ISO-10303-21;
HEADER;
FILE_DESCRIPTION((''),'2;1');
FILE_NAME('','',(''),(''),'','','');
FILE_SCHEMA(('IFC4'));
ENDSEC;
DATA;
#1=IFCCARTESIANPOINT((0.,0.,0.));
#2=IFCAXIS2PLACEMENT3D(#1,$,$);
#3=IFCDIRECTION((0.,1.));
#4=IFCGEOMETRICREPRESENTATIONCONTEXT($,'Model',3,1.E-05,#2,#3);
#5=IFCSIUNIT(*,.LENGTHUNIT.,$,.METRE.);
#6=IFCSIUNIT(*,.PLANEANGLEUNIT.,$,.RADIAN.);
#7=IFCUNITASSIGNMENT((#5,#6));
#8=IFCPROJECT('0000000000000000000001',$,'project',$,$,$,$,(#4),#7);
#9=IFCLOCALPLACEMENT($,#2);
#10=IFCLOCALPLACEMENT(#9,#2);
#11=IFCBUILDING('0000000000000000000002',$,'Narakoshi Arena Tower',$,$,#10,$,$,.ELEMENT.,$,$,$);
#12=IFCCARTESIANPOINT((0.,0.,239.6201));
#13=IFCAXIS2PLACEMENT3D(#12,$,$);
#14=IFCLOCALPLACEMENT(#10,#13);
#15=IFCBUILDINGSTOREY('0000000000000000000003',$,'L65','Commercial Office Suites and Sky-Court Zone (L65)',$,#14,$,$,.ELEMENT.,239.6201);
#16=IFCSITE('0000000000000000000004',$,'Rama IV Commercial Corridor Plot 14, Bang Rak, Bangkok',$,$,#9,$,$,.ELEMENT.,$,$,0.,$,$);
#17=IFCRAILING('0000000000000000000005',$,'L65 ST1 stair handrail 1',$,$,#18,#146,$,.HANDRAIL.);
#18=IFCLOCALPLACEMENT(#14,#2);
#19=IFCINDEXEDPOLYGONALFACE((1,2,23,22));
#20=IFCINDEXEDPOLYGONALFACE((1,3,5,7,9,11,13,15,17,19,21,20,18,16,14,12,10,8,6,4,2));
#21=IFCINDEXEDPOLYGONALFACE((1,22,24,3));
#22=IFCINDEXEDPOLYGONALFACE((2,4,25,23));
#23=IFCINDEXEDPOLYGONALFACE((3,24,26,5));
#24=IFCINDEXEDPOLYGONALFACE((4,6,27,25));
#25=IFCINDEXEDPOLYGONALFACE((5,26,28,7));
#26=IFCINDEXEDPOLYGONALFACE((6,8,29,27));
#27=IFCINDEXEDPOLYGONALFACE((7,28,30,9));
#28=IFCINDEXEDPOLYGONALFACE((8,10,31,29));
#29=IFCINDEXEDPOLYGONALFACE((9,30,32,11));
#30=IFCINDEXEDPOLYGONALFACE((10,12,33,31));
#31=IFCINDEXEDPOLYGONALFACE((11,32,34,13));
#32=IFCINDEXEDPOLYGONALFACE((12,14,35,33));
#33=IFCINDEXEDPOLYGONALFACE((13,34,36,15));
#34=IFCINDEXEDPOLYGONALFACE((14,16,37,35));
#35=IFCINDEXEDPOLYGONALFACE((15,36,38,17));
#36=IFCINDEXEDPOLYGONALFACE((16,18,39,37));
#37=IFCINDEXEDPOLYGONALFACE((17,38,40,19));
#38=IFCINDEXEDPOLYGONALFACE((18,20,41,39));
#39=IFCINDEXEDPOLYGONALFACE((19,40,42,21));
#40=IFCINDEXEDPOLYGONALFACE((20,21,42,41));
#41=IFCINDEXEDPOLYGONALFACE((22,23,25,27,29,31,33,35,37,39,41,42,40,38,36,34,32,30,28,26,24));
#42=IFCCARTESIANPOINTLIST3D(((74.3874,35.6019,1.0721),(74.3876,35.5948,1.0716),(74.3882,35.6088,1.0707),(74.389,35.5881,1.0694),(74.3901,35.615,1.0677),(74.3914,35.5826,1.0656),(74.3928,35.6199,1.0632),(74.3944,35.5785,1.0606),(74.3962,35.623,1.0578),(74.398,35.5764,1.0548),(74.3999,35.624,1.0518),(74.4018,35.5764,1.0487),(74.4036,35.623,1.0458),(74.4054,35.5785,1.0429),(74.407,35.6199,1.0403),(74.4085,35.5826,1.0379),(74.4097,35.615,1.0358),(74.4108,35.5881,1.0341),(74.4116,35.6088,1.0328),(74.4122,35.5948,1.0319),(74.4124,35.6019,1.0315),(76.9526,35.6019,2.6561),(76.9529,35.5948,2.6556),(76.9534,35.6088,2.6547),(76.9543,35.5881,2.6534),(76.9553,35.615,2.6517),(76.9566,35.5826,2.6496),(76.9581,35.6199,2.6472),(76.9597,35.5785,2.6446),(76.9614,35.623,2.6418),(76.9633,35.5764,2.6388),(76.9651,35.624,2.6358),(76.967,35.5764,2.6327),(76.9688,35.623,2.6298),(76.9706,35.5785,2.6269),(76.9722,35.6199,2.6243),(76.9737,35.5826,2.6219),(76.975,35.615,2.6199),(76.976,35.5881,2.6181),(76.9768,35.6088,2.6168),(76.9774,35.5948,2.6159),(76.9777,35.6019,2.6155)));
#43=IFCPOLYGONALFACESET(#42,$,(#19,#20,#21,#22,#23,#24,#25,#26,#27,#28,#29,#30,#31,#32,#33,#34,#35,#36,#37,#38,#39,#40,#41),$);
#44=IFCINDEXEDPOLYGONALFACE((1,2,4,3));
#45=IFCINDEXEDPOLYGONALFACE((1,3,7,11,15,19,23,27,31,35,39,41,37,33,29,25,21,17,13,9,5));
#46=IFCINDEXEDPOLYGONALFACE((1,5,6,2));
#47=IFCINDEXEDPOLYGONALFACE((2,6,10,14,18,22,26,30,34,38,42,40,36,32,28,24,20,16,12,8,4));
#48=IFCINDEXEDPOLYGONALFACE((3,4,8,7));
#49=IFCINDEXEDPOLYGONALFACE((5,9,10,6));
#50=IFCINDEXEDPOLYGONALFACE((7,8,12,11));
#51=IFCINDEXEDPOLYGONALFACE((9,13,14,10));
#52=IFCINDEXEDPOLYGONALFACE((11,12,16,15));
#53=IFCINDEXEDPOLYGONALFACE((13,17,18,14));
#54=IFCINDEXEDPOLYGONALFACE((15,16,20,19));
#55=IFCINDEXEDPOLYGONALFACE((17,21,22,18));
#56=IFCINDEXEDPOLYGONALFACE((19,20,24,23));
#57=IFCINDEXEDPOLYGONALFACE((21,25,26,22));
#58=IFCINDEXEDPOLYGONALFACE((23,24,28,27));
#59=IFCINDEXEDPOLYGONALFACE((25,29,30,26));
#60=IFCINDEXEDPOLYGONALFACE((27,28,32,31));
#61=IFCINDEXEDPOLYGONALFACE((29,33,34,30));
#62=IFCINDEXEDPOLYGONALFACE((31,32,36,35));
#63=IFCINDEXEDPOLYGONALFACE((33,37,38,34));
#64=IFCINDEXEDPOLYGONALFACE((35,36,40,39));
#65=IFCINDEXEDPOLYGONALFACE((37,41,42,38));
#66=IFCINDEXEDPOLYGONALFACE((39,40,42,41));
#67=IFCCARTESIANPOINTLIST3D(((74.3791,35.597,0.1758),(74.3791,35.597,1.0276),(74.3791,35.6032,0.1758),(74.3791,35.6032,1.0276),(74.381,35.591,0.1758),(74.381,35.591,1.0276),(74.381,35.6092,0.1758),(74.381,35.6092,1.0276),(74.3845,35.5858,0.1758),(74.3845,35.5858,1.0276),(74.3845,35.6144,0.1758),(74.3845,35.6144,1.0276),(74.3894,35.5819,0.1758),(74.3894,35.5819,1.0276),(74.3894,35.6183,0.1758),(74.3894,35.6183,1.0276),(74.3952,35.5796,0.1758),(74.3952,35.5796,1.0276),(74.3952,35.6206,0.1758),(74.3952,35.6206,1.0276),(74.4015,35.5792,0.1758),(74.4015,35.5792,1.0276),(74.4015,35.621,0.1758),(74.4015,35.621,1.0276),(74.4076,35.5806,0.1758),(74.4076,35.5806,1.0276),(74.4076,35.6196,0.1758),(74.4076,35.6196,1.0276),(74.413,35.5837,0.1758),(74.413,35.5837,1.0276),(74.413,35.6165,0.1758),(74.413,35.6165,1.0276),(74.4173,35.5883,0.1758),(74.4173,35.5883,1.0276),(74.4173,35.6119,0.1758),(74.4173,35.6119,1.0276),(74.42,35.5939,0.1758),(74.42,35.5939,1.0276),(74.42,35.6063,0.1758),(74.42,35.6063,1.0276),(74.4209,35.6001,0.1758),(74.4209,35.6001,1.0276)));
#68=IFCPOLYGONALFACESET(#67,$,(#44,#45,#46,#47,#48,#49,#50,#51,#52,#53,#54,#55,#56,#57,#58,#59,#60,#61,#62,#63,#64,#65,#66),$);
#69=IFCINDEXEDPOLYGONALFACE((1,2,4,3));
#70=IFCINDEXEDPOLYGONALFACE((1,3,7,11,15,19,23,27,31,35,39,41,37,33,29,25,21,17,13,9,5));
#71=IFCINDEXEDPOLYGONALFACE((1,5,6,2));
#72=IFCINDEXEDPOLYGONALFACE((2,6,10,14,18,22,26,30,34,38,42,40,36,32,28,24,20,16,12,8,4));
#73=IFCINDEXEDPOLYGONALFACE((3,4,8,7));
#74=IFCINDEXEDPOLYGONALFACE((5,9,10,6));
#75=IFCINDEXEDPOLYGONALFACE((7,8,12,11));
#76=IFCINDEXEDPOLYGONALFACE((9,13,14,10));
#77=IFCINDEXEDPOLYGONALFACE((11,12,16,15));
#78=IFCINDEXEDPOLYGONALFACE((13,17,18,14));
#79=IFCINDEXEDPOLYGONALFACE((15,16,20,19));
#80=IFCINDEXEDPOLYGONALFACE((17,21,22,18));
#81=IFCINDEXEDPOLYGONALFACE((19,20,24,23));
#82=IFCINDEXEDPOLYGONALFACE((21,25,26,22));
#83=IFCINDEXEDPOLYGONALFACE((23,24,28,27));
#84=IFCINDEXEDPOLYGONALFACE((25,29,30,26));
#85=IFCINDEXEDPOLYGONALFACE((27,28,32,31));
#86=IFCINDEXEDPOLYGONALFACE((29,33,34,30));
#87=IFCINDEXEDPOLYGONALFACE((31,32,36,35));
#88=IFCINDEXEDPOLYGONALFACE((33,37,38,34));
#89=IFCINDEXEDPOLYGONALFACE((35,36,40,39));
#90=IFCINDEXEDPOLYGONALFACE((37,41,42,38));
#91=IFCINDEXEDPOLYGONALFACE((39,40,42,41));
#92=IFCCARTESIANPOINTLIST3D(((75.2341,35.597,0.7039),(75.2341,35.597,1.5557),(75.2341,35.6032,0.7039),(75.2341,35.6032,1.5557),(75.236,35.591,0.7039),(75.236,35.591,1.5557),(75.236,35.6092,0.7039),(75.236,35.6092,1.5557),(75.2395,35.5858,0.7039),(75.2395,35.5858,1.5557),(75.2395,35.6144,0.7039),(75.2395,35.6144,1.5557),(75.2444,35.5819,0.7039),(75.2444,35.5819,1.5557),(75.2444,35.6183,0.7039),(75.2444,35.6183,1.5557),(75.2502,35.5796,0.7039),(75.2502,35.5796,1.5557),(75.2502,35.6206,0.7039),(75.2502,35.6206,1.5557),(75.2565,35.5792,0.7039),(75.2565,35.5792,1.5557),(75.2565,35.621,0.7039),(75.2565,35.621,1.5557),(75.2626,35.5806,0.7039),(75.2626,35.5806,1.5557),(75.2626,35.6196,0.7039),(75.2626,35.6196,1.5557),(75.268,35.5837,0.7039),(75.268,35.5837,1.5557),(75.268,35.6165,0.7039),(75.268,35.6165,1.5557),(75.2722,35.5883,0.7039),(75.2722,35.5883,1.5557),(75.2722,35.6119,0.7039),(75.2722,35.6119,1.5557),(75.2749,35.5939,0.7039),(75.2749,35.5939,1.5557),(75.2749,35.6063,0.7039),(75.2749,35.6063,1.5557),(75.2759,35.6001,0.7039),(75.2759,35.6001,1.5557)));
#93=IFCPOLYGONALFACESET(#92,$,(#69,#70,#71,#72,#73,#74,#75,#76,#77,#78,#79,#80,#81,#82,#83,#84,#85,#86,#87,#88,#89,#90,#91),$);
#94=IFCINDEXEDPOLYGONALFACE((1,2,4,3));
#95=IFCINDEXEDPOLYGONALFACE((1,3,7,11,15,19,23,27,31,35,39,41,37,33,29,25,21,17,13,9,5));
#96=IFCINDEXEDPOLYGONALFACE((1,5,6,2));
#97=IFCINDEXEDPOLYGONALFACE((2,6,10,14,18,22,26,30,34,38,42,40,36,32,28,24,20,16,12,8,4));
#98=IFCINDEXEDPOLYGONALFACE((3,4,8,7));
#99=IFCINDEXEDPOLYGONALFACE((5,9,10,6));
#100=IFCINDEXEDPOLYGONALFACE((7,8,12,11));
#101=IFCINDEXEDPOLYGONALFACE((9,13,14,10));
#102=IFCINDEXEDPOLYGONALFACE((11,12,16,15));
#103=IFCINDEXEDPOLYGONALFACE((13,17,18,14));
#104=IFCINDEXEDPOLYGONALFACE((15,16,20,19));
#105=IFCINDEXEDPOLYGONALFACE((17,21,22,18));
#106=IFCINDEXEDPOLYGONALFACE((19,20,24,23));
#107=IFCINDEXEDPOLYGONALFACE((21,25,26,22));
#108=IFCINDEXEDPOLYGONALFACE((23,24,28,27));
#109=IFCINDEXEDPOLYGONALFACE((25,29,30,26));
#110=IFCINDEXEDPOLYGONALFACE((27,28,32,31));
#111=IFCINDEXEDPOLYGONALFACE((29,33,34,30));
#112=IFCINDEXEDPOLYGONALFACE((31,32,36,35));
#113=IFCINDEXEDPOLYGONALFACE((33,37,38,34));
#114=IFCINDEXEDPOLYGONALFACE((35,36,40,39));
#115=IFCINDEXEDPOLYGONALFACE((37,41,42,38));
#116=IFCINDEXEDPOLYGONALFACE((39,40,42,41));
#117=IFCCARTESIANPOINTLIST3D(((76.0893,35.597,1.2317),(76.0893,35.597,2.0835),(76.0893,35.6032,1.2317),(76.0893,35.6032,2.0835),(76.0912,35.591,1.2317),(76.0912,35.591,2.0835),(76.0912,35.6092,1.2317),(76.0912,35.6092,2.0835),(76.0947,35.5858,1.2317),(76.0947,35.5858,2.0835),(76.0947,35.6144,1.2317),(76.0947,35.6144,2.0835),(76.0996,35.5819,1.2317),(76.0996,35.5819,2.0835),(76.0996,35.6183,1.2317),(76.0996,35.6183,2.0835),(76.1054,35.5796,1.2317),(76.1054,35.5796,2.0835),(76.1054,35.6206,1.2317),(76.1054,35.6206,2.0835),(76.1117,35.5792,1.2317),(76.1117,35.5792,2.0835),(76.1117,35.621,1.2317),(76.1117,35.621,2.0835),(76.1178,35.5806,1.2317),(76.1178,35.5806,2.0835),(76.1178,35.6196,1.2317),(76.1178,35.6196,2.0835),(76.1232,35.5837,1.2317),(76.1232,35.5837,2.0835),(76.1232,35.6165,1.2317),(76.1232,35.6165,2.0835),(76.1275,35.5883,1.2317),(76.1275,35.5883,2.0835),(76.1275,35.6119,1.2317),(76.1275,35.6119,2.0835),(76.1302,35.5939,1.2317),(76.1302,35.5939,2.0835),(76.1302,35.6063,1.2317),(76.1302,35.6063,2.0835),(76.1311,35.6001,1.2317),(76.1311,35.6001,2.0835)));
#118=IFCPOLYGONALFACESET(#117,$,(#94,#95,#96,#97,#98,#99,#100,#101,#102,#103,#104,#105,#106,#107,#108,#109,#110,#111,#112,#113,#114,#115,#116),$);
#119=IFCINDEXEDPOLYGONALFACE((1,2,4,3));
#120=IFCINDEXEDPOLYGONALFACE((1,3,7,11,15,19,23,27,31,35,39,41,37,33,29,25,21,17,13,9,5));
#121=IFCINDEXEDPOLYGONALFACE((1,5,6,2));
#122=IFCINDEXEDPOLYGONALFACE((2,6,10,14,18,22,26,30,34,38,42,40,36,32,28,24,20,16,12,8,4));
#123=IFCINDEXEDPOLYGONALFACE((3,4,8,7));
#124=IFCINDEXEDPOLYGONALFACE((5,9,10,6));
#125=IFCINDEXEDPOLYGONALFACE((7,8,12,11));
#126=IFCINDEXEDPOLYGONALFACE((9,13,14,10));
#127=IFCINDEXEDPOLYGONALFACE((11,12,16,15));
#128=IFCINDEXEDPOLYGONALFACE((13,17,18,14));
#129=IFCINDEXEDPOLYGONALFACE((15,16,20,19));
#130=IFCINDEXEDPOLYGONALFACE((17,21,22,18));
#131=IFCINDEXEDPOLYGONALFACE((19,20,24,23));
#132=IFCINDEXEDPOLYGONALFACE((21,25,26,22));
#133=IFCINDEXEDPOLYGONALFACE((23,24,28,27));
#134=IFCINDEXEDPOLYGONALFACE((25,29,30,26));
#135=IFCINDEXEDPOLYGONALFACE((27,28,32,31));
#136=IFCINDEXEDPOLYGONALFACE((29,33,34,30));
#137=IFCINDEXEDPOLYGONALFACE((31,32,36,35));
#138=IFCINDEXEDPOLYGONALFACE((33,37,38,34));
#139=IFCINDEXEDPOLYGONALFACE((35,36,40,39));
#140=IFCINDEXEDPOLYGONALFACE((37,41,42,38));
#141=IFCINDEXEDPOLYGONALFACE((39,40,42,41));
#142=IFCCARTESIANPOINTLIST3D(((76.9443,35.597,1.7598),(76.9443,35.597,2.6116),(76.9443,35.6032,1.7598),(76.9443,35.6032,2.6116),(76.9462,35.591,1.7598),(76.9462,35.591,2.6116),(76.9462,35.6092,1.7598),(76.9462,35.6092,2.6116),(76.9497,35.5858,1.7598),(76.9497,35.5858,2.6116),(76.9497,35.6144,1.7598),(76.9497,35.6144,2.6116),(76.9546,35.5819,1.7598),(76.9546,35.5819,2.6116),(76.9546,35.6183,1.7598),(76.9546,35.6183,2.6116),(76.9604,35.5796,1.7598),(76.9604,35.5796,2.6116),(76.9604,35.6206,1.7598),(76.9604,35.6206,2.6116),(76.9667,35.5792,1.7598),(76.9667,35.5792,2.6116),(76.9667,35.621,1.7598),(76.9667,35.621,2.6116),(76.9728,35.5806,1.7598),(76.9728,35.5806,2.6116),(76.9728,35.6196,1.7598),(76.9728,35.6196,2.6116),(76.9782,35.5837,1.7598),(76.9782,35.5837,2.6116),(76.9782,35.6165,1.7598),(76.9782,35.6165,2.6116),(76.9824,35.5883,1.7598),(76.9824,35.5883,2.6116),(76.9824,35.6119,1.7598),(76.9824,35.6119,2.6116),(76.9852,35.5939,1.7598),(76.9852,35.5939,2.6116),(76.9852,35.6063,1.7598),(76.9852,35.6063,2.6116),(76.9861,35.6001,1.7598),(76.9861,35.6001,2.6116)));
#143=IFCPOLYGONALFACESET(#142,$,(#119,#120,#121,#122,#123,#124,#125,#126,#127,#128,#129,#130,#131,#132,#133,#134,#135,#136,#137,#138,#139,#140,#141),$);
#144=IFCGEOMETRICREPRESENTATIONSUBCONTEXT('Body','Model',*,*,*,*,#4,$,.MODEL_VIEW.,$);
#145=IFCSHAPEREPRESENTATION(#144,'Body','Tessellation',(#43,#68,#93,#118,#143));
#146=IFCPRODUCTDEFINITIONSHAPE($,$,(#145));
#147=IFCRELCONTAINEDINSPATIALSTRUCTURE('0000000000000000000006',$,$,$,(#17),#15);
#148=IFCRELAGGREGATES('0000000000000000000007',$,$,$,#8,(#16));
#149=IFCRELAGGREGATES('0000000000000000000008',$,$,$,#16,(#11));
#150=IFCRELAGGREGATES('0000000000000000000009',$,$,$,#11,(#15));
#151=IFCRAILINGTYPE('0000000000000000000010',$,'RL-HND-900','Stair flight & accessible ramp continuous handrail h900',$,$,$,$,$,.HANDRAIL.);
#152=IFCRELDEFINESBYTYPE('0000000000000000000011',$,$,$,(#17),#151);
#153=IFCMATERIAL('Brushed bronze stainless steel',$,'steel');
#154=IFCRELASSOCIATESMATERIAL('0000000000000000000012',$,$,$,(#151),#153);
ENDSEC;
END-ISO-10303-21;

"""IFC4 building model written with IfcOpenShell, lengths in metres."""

from ifc_helpers import new_model, si_unit, direction, frame, origin, origin_2d, place, context, subcontext, project, spatial, circle, extrude, material, type_object, element, save


model = new_model("IFC4")

# Units and contexts
model_context = context("Model", 3, precision=1e-05, world=origin(), true_north=direction((0.0, 1.0)))
body_context = subcontext(model_context, "Body", "Model", "MODEL_VIEW")
ifc_project = project(units=[si_unit("LENGTHUNIT", "METRE"), si_unit("PLANEANGLEUNIT", "RADIAN")], contexts=[model_context])

# Site, building, storey
site_placement = place(None, origin())
site = spatial("IfcSite", under=ifc_project, at=site_placement, Name="Rama IV Commercial Corridor Plot 14, Bang Rak, Bangkok", CompositionType="ELEMENT", RefElevation=0.0)
building_placement = place(site_placement, origin())
building = spatial("IfcBuilding", under=site, at=building_placement, Name="Narakoshi Arena Tower", CompositionType="ELEMENT")
storey_placement = place(building_placement, frame((0.0, 0.0, 239.6201)))
storey = spatial("IfcBuildingStorey", under=building, at=storey_placement, Name="L65", Description="Commercial Office Suites and Sky-Court Zone (L65)", CompositionType="ELEMENT", Elevation=239.6201)

# Railing
ifc_material_1 = material(Name="Brushed bronze stainless steel", Category="steel")
railing_type_1 = type_object("IfcRailingType", Name="RL-HND-900", Description="Stair flight & accessible ramp continuous handrail h900", PredefinedType="HANDRAIL", material=ifc_material_1)
railing_1_placement = place(storey_placement, frame((74.3999, 35.6001, 0.1758)))
element("IfcRailing", 1, at=railing_1_placement, inside=storey, type_object=railing_type_1, Name="L65 ST1 stair handrail 1", PredefinedType="HANDRAIL", context=body_context, shape_type="SweptSolid", body=[
    extrude(circle(Radius=0.0239, at=origin_2d()), frame((0.0, 0.0, 0.876), z_axis=(0.850857, 0.0, 0.525398), x_axis=(0.0, 1.0, 0.0)), (0.0, 0.0, 1.0), 3.0149),
    extrude(circle(Radius=0.021, at=origin_2d()), origin(), (0.0, 0.0, 1.0), 0.8518),
    extrude(circle(Radius=0.021, at=origin_2d()), frame((0.855, 0.0, 0.5281)), (0.0, 0.0, 1.0), 0.8518),
    extrude(circle(Radius=0.021, at=origin_2d()), frame((1.7102, 0.0, 1.0559)), (0.0, 0.0, 1.0), 0.8518),
    extrude(circle(Radius=0.021, at=origin_2d()), frame((2.5652, 0.0, 1.584)), (0.0, 0.0, 1.0), 0.8518),
])

save(model, "model.ifc")
